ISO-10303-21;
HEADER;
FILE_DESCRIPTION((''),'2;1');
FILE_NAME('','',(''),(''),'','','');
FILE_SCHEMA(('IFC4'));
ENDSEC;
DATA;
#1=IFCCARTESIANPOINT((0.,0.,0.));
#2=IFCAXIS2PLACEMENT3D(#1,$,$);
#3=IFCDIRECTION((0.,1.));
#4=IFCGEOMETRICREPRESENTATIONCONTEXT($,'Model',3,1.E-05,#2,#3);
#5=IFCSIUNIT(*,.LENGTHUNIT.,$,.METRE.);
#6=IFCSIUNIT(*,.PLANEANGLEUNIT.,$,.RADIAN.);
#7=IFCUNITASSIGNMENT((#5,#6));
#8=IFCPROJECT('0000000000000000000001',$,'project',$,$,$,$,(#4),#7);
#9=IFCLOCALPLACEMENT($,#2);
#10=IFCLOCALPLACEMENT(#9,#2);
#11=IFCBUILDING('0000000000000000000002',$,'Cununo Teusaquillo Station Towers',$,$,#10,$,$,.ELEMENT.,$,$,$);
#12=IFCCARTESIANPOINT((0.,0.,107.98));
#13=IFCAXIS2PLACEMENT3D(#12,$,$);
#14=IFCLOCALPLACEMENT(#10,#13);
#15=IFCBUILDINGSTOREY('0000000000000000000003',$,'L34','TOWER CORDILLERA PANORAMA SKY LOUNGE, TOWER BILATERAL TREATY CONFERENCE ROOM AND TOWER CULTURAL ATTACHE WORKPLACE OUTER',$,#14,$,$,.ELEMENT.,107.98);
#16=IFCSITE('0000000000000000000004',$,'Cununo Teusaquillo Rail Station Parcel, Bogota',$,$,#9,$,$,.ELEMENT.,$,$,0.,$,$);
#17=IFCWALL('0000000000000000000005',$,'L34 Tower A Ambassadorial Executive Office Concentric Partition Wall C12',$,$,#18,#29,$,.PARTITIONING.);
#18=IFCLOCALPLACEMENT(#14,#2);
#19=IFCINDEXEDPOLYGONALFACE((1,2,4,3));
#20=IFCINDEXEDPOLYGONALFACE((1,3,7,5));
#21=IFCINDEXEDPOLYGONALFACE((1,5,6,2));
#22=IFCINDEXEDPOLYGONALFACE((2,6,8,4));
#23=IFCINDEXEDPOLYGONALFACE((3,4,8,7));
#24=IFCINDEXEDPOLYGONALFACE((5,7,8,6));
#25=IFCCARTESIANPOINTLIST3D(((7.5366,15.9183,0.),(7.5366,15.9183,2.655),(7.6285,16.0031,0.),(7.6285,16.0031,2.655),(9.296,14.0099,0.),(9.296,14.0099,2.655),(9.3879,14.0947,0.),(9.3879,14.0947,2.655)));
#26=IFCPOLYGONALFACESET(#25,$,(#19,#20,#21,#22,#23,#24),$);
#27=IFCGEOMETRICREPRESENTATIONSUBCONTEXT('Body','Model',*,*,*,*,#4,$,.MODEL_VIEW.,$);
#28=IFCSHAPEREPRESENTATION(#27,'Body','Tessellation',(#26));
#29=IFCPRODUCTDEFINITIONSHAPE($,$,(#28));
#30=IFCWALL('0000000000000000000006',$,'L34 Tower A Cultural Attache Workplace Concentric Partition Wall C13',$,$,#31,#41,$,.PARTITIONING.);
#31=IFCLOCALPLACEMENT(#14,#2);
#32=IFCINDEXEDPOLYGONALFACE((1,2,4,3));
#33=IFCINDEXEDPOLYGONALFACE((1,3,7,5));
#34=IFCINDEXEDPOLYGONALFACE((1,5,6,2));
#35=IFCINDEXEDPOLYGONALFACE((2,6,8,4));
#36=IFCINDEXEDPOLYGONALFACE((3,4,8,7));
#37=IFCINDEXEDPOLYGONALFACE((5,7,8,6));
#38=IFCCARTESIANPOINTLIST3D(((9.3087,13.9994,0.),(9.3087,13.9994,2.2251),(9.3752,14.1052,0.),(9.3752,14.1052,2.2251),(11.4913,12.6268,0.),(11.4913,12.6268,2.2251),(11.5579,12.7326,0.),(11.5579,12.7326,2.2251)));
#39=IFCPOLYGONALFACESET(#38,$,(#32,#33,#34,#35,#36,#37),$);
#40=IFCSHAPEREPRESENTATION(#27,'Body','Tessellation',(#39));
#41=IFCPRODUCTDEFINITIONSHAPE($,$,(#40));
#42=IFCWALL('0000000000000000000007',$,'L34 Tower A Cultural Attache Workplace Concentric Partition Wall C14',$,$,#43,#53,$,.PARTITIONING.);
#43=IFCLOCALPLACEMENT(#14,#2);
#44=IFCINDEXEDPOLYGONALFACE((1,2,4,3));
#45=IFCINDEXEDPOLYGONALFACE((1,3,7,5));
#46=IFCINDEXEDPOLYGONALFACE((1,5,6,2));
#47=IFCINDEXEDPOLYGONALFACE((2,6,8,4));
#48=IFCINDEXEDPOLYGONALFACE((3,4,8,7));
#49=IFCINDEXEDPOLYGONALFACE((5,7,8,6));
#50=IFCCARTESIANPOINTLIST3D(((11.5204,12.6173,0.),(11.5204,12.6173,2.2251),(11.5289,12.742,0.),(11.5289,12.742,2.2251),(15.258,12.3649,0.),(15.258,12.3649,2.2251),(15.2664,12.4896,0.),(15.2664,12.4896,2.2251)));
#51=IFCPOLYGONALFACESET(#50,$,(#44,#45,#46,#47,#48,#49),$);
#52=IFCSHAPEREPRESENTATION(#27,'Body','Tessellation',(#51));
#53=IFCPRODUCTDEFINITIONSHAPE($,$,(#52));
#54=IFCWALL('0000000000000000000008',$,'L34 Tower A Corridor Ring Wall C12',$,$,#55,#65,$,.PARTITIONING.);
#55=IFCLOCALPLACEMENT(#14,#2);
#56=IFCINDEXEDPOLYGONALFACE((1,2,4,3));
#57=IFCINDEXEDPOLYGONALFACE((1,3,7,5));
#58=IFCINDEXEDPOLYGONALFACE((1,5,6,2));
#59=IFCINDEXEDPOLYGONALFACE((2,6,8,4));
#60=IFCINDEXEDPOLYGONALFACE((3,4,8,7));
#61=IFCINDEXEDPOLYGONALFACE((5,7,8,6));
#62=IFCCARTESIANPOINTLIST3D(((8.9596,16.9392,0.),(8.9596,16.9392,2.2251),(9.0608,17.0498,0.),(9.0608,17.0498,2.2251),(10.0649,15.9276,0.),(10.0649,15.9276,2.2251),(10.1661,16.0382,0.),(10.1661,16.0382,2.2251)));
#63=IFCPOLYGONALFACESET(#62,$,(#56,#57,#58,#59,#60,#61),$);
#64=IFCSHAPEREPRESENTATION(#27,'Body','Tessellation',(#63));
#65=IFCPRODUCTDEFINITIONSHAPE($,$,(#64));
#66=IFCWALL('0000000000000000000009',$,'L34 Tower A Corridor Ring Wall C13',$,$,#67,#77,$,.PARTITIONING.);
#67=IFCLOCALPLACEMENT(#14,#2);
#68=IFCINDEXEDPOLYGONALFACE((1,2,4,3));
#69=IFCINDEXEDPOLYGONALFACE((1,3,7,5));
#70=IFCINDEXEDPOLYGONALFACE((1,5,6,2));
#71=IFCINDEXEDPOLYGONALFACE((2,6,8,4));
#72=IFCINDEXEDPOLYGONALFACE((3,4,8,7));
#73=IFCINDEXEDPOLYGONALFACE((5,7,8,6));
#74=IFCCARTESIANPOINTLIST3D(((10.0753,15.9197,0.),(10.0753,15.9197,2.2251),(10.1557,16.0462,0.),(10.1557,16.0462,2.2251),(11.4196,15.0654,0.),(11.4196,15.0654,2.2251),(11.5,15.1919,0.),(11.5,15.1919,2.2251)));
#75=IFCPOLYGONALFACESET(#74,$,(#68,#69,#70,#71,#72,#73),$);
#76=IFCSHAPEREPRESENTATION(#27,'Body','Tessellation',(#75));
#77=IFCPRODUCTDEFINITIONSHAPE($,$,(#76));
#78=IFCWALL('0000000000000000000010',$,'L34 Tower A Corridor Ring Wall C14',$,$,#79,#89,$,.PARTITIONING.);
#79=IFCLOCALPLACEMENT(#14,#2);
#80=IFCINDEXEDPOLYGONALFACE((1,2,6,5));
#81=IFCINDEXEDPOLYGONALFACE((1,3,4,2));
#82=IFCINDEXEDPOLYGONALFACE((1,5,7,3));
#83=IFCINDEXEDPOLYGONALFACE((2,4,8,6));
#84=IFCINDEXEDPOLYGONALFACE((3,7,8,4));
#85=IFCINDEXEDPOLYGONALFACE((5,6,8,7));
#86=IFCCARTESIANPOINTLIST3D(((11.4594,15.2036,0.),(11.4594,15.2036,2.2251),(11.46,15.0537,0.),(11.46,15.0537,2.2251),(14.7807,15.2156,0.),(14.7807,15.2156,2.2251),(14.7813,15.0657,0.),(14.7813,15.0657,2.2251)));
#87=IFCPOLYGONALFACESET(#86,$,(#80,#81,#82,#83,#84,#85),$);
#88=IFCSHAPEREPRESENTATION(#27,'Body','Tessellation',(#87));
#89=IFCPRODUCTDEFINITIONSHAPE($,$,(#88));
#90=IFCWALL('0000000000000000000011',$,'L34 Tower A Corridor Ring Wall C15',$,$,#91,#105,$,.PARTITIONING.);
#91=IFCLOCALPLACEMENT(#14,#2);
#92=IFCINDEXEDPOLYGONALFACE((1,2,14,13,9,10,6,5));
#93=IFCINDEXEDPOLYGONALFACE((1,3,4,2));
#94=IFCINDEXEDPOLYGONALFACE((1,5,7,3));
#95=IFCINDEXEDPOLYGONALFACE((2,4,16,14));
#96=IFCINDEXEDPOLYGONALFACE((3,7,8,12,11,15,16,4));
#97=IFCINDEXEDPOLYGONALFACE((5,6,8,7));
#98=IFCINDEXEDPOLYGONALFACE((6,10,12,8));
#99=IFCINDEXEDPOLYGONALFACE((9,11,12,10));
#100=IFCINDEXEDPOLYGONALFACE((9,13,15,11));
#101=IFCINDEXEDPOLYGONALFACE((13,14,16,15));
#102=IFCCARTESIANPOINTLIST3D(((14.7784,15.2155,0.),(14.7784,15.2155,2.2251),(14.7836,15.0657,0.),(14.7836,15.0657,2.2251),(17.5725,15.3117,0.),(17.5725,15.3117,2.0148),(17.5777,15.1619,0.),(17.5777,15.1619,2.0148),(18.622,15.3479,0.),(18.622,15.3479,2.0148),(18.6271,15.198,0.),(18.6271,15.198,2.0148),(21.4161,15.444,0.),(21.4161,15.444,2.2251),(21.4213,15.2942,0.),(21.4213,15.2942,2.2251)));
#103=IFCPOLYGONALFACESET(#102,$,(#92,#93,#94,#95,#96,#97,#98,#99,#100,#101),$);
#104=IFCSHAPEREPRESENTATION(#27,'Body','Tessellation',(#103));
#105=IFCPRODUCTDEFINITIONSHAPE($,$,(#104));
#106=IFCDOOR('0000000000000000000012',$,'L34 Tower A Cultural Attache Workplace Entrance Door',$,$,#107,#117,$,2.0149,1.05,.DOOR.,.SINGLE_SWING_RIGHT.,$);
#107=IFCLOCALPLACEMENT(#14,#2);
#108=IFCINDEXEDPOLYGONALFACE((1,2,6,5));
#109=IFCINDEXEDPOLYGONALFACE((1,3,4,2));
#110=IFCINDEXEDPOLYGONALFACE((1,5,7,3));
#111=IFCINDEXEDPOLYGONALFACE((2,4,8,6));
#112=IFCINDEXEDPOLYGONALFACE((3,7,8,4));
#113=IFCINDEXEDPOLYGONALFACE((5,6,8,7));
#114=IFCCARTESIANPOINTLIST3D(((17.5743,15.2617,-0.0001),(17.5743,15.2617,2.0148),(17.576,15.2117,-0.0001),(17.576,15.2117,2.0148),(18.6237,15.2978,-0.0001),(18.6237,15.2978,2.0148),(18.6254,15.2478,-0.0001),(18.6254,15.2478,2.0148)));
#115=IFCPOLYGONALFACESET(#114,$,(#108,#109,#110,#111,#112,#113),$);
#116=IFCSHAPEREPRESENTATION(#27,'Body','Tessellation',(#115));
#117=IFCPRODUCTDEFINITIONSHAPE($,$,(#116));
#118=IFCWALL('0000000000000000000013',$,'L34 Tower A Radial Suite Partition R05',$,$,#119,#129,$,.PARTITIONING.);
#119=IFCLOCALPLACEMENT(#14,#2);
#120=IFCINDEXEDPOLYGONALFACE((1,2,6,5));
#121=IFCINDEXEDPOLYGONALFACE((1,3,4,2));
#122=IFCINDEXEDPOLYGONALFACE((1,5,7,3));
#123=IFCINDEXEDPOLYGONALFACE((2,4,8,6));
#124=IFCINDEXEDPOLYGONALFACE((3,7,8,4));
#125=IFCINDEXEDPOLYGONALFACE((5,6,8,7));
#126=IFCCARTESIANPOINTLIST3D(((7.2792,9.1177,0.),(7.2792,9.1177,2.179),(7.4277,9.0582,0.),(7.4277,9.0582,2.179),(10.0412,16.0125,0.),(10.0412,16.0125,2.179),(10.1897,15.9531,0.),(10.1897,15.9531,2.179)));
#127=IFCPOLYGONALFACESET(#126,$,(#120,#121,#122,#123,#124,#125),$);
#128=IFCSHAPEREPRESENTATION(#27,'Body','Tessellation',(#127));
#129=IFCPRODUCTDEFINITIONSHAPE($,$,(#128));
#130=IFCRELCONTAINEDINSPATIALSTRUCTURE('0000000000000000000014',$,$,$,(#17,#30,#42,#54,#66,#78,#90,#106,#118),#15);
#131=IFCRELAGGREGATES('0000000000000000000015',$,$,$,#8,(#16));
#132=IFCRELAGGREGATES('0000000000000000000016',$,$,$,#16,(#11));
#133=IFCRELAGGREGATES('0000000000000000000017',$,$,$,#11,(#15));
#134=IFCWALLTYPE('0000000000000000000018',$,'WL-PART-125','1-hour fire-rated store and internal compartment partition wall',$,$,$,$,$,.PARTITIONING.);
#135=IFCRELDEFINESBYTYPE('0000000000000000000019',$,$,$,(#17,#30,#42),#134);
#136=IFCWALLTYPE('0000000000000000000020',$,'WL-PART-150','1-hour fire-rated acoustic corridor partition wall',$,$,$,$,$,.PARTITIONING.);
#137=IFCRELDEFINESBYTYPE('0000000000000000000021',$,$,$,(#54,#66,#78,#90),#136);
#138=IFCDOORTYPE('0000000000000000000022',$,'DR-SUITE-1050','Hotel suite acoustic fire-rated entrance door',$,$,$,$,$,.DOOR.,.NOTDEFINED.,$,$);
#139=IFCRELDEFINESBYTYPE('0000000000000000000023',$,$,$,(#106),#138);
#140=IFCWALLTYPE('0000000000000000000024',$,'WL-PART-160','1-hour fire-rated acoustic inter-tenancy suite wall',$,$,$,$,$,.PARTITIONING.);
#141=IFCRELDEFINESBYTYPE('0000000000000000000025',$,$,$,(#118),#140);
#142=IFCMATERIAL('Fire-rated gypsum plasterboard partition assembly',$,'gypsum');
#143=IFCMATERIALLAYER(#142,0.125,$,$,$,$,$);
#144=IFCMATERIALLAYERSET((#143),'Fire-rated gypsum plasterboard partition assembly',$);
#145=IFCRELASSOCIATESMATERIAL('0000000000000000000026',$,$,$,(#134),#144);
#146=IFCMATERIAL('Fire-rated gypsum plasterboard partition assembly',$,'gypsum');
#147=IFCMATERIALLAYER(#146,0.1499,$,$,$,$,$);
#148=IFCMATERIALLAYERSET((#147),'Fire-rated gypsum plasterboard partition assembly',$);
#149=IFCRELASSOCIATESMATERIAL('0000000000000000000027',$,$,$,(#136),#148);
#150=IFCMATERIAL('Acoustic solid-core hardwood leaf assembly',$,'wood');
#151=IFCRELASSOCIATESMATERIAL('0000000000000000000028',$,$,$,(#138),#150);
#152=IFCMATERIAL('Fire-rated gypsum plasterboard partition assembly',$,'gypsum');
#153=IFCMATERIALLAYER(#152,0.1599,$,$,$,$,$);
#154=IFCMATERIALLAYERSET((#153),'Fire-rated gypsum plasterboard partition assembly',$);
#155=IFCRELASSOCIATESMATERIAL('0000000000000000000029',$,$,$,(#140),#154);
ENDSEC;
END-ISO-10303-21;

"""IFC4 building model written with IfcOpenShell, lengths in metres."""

from ifc_helpers import new_model, si_unit, direction, frame, frame_2d, origin, place, context, subcontext, project, spatial, rectangle, extrude, source, transform, mapped, material, layer, layer_set, type_object, element, fill, save


model = new_model("IFC4")

# Units and contexts
model_context = context("Model", 3, precision=1e-05, world=origin(), true_north=direction((0.0, 1.0)))
body_context = subcontext(model_context, "Body", "Model", "MODEL_VIEW")
ifc_project = project(units=[si_unit("LENGTHUNIT", "METRE"), si_unit("PLANEANGLEUNIT", "RADIAN")], contexts=[model_context])

# Site, building, storey
site_placement = place(None, origin())
site = spatial("IfcSite", under=ifc_project, at=site_placement, Name="Cununo Teusaquillo Rail Station Parcel, Bogota", CompositionType="ELEMENT", RefElevation=0.0)
building_placement = place(site_placement, origin())
building = spatial("IfcBuilding", under=site, at=building_placement, Name="Cununo Teusaquillo Station Towers", CompositionType="ELEMENT")
storey_placement = place(building_placement, frame((0.0, 0.0, 107.98)))
storey = spatial("IfcBuildingStorey", under=building, at=storey_placement, Name="L34", Description="TOWER CORDILLERA PANORAMA SKY LOUNGE, TOWER BILATERAL TREATY CONFERENCE ROOM AND TOWER CULTURAL ATTACHE WORKPLACE OUTER", CompositionType="ELEMENT", Elevation=107.98)

# Walls
ifc_material_1 = material(Name="Fire-rated gypsum plasterboard partition assembly", Category="gypsum")
ifc_layer_1 = layer(ifc_material_1, 0.125)
ifc_layer_set_1 = layer_set([ifc_layer_1], Name="Fire-rated gypsum plasterboard partition assembly")
wall_type_1 = type_object("IfcWallType", Name="WL-PART-125", Description="1-hour fire-rated store and internal compartment partition wall", PredefinedType="PARTITIONING", material=ifc_layer_set_1)
wall_1_placement = place(storey_placement, frame((7.5825, 15.9607, 0.0), z_axis=(0.0, 0.0, 1.0), x_axis=(0.677839, -0.735211, 0.0)))
element("IfcWall", 1, at=wall_1_placement, inside=storey, type_object=wall_type_1, Name="L34 Tower A Ambassadorial Executive Office Concentric Partition Wall C12", PredefinedType="PARTITIONING", context=body_context, shape_type="SweptSolid", body=[
    extrude(rectangle(XDim=2.5957, YDim=0.125, at=frame_2d((1.2979, 0.0))), origin(), (0.0, 0.0, 1.0), 2.655),
])
wall_2_placement = place(storey_placement, frame((9.342, 14.0522, 0.0), z_axis=(0.0, 0.0, 1.0), x_axis=(0.846527, -0.532346, 0.0)))
element("IfcWall", 2, at=wall_2_placement, inside=storey, type_object=wall_type_1, Name="L34 Tower A Cultural Attache Workplace Concentric Partition Wall C13", PredefinedType="PARTITIONING", context=body_context, shape_type="SweptSolid", body=[
    extrude(rectangle(XDim=2.5784, YDim=0.125, at=frame_2d((1.2891, 0.0))), origin(), (0.0, 0.0, 1.0), 2.2251),
])
wall_3_placement = place(storey_placement, frame((11.5247, 12.6797, 0.0), z_axis=(0.0, 0.0, 1.0), x_axis=(0.997727, -0.067388, 0.0)))
element("IfcWall", 3, at=wall_3_placement, inside=storey, type_object=wall_type_1, Name="L34 Tower A Cultural Attache Workplace Concentric Partition Wall C14", PredefinedType="PARTITIONING", context=body_context, shape_type="SweptSolid", body=[
    extrude(rectangle(XDim=3.7461, YDim=0.125, at=frame_2d((1.873, 0.0))), origin(), (0.0, 0.0, 1.0), 2.2251),
])
ifc_material_2 = material(Name="Fire-rated gypsum plasterboard partition assembly", Category="gypsum")
ifc_layer_2 = layer(ifc_material_2, 0.1499)
ifc_layer_set_2 = layer_set([ifc_layer_2], Name="Fire-rated gypsum plasterboard partition assembly")
wall_type_2 = type_object("IfcWallType", Name="WL-PART-150", Description="1-hour fire-rated acoustic corridor partition wall", PredefinedType="PARTITIONING", material=ifc_layer_set_2)
wall_4_placement = place(storey_placement, frame((9.0103, 16.9944, 0.0), z_axis=(0.0, 0.0, 1.0), x_axis=(0.737702, -0.675127, 0.0)))
element("IfcWall", 4, at=wall_4_placement, inside=storey, type_object=wall_type_2, Name="L34 Tower A Corridor Ring Wall C12", PredefinedType="PARTITIONING", context=body_context, shape_type="SweptSolid", body=[
    extrude(rectangle(XDim=1.4983, YDim=0.1499, at=frame_2d((0.749, 0.0))), origin(), (0.0, 0.0, 1.0), 2.2251),
])
wall_5_placement = place(storey_placement, frame((10.1155, 15.9829, 0.0), z_axis=(0.0, 0.0, 1.0), x_axis=(0.843996, -0.53635, 0.0)))
element("IfcWall", 5, at=wall_5_placement, inside=storey, type_object=wall_type_2, Name="L34 Tower A Corridor Ring Wall C13", PredefinedType="PARTITIONING", context=body_context, shape_type="SweptSolid", body=[
    extrude(rectangle(XDim=1.5928, YDim=0.1499, at=frame_2d((0.7964, 0.0))), origin(), (0.0, 0.0, 1.0), 2.2251),
])
wall_6_placement = place(storey_placement, frame((11.4597, 15.1287, 0.0), z_axis=(0.0, 0.0, 1.0), x_axis=(0.999994, 0.003602, 0.0)))
element("IfcWall", 6, at=wall_6_placement, inside=storey, type_object=wall_type_2, Name="L34 Tower A Corridor Ring Wall C14", PredefinedType="PARTITIONING", context=body_context, shape_type="SweptSolid", body=[
    extrude(rectangle(XDim=3.3213, YDim=0.1499, at=frame_2d((1.6606, 0.0))), origin(), (0.0, 0.0, 1.0), 2.2251),
])

# Wall, opening, door
wall_7_placement = place(storey_placement, frame((14.781, 15.1406, 0.0), z_axis=(0.0, 0.0, 1.0), x_axis=(0.999408, 0.034407, 0.0)))
wall_7 = element("IfcWall", 7, at=wall_7_placement, inside=storey, type_object=wall_type_2, Name="L34 Tower A Corridor Ring Wall C15", PredefinedType="PARTITIONING", context=body_context, shape_type="SweptSolid", body=[
    extrude(rectangle(XDim=6.6416, YDim=0.1499, at=frame_2d((3.3208, 0.0))), origin(), (0.0, 0.0, 1.0), 2.2251),
])
shared_shape_1 = source(origin(), body_context, "Body", "SweptSolid", [
    extrude(rectangle(XDim=1.05, YDim=2.0149, at=frame_2d((0.5249, 1.0073))), frame((0.0, 0.085, 0.0), z_axis=(0.0, -1.0, 0.0), x_axis=(1.0, 0.0, 0.0)), (0.0, 0.0, 1.0), 0.1699),
])
opening_1_placement = place(wall_7_placement, frame((2.7959, 0.0, 0.0)))
opening_1 = element("IfcOpeningElement", 8, at=opening_1_placement, cuts=wall_7, PredefinedType="OPENING", context=body_context, shape_type="MappedRepresentation", body=[
    mapped(shared_shape_1, transform((0.0, 0.0, 0.0), x_axis=(1.0, 0.0, 0.0), y_axis=(0.0, 1.0, 0.0), z_axis=(0.0, 0.0, 1.0), scale=1.0)),
])
ifc_material_3 = material(Name="Acoustic solid-core hardwood leaf assembly", Category="wood")
door_type = type_object("IfcDoorType", Name="DR-SUITE-1050", Description="Hotel suite acoustic fire-rated entrance door", OperationType="NOTDEFINED", PredefinedType="DOOR", material=ifc_material_3)
shared_shape_2 = source(origin(), body_context, "Body", "SweptSolid", [
    extrude(rectangle(XDim=1.05, YDim=2.0149, at=frame_2d((0.5249, 1.0073))), frame((0.0, 0.0249, 0.0), z_axis=(0.0, -1.0, 0.0), x_axis=(1.0, 0.0, 0.0)), (0.0, 0.0, 1.0), 0.05),
])
door_placement = place(opening_1_placement, origin())
door = element("IfcDoor", 9, at=door_placement, inside=storey, type_object=door_type, Name="L34 Tower A Cultural Attache Workplace Entrance Door", OperationType="SINGLE_SWING_RIGHT", OverallHeight=2.0149, OverallWidth=1.05, PredefinedType="DOOR", context=body_context, shape_type="MappedRepresentation", body=[
    mapped(shared_shape_2, transform((0.0, 0.0, 0.0), x_axis=(1.0, 0.0, 0.0), y_axis=(0.0, 1.0, 0.0), z_axis=(0.0, 0.0, 1.0), scale=1.0)),
])
fill(opening_1, door)

# Wall
ifc_material_4 = material(Name="Fire-rated gypsum plasterboard partition assembly", Category="gypsum")
ifc_layer_3 = layer(ifc_material_4, 0.1599)
ifc_layer_set_3 = layer_set([ifc_layer_3], Name="Fire-rated gypsum plasterboard partition assembly")
wall_type_3 = type_object("IfcWallType", Name="WL-PART-160", Description="1-hour fire-rated acoustic inter-tenancy suite wall", PredefinedType="PARTITIONING", material=ifc_layer_set_3)
wall_8_placement = place(storey_placement, frame((10.1155, 15.9829, 0.0), z_axis=(0.0, 0.0, 1.0), x_axis=(-0.371861, -0.928288, 0.0)))
element("IfcWall", 10, at=wall_8_placement, inside=storey, type_object=wall_type_3, Name="L34 Tower A Radial Suite Partition R05", PredefinedType="PARTITIONING", context=body_context, shape_type="SweptSolid", body=[
    extrude(rectangle(XDim=7.4275, YDim=0.1599, at=frame_2d((3.7139, 0.0))), origin(), (0.0, 0.0, 1.0), 2.179),
])

save(model, "model.ifc")
